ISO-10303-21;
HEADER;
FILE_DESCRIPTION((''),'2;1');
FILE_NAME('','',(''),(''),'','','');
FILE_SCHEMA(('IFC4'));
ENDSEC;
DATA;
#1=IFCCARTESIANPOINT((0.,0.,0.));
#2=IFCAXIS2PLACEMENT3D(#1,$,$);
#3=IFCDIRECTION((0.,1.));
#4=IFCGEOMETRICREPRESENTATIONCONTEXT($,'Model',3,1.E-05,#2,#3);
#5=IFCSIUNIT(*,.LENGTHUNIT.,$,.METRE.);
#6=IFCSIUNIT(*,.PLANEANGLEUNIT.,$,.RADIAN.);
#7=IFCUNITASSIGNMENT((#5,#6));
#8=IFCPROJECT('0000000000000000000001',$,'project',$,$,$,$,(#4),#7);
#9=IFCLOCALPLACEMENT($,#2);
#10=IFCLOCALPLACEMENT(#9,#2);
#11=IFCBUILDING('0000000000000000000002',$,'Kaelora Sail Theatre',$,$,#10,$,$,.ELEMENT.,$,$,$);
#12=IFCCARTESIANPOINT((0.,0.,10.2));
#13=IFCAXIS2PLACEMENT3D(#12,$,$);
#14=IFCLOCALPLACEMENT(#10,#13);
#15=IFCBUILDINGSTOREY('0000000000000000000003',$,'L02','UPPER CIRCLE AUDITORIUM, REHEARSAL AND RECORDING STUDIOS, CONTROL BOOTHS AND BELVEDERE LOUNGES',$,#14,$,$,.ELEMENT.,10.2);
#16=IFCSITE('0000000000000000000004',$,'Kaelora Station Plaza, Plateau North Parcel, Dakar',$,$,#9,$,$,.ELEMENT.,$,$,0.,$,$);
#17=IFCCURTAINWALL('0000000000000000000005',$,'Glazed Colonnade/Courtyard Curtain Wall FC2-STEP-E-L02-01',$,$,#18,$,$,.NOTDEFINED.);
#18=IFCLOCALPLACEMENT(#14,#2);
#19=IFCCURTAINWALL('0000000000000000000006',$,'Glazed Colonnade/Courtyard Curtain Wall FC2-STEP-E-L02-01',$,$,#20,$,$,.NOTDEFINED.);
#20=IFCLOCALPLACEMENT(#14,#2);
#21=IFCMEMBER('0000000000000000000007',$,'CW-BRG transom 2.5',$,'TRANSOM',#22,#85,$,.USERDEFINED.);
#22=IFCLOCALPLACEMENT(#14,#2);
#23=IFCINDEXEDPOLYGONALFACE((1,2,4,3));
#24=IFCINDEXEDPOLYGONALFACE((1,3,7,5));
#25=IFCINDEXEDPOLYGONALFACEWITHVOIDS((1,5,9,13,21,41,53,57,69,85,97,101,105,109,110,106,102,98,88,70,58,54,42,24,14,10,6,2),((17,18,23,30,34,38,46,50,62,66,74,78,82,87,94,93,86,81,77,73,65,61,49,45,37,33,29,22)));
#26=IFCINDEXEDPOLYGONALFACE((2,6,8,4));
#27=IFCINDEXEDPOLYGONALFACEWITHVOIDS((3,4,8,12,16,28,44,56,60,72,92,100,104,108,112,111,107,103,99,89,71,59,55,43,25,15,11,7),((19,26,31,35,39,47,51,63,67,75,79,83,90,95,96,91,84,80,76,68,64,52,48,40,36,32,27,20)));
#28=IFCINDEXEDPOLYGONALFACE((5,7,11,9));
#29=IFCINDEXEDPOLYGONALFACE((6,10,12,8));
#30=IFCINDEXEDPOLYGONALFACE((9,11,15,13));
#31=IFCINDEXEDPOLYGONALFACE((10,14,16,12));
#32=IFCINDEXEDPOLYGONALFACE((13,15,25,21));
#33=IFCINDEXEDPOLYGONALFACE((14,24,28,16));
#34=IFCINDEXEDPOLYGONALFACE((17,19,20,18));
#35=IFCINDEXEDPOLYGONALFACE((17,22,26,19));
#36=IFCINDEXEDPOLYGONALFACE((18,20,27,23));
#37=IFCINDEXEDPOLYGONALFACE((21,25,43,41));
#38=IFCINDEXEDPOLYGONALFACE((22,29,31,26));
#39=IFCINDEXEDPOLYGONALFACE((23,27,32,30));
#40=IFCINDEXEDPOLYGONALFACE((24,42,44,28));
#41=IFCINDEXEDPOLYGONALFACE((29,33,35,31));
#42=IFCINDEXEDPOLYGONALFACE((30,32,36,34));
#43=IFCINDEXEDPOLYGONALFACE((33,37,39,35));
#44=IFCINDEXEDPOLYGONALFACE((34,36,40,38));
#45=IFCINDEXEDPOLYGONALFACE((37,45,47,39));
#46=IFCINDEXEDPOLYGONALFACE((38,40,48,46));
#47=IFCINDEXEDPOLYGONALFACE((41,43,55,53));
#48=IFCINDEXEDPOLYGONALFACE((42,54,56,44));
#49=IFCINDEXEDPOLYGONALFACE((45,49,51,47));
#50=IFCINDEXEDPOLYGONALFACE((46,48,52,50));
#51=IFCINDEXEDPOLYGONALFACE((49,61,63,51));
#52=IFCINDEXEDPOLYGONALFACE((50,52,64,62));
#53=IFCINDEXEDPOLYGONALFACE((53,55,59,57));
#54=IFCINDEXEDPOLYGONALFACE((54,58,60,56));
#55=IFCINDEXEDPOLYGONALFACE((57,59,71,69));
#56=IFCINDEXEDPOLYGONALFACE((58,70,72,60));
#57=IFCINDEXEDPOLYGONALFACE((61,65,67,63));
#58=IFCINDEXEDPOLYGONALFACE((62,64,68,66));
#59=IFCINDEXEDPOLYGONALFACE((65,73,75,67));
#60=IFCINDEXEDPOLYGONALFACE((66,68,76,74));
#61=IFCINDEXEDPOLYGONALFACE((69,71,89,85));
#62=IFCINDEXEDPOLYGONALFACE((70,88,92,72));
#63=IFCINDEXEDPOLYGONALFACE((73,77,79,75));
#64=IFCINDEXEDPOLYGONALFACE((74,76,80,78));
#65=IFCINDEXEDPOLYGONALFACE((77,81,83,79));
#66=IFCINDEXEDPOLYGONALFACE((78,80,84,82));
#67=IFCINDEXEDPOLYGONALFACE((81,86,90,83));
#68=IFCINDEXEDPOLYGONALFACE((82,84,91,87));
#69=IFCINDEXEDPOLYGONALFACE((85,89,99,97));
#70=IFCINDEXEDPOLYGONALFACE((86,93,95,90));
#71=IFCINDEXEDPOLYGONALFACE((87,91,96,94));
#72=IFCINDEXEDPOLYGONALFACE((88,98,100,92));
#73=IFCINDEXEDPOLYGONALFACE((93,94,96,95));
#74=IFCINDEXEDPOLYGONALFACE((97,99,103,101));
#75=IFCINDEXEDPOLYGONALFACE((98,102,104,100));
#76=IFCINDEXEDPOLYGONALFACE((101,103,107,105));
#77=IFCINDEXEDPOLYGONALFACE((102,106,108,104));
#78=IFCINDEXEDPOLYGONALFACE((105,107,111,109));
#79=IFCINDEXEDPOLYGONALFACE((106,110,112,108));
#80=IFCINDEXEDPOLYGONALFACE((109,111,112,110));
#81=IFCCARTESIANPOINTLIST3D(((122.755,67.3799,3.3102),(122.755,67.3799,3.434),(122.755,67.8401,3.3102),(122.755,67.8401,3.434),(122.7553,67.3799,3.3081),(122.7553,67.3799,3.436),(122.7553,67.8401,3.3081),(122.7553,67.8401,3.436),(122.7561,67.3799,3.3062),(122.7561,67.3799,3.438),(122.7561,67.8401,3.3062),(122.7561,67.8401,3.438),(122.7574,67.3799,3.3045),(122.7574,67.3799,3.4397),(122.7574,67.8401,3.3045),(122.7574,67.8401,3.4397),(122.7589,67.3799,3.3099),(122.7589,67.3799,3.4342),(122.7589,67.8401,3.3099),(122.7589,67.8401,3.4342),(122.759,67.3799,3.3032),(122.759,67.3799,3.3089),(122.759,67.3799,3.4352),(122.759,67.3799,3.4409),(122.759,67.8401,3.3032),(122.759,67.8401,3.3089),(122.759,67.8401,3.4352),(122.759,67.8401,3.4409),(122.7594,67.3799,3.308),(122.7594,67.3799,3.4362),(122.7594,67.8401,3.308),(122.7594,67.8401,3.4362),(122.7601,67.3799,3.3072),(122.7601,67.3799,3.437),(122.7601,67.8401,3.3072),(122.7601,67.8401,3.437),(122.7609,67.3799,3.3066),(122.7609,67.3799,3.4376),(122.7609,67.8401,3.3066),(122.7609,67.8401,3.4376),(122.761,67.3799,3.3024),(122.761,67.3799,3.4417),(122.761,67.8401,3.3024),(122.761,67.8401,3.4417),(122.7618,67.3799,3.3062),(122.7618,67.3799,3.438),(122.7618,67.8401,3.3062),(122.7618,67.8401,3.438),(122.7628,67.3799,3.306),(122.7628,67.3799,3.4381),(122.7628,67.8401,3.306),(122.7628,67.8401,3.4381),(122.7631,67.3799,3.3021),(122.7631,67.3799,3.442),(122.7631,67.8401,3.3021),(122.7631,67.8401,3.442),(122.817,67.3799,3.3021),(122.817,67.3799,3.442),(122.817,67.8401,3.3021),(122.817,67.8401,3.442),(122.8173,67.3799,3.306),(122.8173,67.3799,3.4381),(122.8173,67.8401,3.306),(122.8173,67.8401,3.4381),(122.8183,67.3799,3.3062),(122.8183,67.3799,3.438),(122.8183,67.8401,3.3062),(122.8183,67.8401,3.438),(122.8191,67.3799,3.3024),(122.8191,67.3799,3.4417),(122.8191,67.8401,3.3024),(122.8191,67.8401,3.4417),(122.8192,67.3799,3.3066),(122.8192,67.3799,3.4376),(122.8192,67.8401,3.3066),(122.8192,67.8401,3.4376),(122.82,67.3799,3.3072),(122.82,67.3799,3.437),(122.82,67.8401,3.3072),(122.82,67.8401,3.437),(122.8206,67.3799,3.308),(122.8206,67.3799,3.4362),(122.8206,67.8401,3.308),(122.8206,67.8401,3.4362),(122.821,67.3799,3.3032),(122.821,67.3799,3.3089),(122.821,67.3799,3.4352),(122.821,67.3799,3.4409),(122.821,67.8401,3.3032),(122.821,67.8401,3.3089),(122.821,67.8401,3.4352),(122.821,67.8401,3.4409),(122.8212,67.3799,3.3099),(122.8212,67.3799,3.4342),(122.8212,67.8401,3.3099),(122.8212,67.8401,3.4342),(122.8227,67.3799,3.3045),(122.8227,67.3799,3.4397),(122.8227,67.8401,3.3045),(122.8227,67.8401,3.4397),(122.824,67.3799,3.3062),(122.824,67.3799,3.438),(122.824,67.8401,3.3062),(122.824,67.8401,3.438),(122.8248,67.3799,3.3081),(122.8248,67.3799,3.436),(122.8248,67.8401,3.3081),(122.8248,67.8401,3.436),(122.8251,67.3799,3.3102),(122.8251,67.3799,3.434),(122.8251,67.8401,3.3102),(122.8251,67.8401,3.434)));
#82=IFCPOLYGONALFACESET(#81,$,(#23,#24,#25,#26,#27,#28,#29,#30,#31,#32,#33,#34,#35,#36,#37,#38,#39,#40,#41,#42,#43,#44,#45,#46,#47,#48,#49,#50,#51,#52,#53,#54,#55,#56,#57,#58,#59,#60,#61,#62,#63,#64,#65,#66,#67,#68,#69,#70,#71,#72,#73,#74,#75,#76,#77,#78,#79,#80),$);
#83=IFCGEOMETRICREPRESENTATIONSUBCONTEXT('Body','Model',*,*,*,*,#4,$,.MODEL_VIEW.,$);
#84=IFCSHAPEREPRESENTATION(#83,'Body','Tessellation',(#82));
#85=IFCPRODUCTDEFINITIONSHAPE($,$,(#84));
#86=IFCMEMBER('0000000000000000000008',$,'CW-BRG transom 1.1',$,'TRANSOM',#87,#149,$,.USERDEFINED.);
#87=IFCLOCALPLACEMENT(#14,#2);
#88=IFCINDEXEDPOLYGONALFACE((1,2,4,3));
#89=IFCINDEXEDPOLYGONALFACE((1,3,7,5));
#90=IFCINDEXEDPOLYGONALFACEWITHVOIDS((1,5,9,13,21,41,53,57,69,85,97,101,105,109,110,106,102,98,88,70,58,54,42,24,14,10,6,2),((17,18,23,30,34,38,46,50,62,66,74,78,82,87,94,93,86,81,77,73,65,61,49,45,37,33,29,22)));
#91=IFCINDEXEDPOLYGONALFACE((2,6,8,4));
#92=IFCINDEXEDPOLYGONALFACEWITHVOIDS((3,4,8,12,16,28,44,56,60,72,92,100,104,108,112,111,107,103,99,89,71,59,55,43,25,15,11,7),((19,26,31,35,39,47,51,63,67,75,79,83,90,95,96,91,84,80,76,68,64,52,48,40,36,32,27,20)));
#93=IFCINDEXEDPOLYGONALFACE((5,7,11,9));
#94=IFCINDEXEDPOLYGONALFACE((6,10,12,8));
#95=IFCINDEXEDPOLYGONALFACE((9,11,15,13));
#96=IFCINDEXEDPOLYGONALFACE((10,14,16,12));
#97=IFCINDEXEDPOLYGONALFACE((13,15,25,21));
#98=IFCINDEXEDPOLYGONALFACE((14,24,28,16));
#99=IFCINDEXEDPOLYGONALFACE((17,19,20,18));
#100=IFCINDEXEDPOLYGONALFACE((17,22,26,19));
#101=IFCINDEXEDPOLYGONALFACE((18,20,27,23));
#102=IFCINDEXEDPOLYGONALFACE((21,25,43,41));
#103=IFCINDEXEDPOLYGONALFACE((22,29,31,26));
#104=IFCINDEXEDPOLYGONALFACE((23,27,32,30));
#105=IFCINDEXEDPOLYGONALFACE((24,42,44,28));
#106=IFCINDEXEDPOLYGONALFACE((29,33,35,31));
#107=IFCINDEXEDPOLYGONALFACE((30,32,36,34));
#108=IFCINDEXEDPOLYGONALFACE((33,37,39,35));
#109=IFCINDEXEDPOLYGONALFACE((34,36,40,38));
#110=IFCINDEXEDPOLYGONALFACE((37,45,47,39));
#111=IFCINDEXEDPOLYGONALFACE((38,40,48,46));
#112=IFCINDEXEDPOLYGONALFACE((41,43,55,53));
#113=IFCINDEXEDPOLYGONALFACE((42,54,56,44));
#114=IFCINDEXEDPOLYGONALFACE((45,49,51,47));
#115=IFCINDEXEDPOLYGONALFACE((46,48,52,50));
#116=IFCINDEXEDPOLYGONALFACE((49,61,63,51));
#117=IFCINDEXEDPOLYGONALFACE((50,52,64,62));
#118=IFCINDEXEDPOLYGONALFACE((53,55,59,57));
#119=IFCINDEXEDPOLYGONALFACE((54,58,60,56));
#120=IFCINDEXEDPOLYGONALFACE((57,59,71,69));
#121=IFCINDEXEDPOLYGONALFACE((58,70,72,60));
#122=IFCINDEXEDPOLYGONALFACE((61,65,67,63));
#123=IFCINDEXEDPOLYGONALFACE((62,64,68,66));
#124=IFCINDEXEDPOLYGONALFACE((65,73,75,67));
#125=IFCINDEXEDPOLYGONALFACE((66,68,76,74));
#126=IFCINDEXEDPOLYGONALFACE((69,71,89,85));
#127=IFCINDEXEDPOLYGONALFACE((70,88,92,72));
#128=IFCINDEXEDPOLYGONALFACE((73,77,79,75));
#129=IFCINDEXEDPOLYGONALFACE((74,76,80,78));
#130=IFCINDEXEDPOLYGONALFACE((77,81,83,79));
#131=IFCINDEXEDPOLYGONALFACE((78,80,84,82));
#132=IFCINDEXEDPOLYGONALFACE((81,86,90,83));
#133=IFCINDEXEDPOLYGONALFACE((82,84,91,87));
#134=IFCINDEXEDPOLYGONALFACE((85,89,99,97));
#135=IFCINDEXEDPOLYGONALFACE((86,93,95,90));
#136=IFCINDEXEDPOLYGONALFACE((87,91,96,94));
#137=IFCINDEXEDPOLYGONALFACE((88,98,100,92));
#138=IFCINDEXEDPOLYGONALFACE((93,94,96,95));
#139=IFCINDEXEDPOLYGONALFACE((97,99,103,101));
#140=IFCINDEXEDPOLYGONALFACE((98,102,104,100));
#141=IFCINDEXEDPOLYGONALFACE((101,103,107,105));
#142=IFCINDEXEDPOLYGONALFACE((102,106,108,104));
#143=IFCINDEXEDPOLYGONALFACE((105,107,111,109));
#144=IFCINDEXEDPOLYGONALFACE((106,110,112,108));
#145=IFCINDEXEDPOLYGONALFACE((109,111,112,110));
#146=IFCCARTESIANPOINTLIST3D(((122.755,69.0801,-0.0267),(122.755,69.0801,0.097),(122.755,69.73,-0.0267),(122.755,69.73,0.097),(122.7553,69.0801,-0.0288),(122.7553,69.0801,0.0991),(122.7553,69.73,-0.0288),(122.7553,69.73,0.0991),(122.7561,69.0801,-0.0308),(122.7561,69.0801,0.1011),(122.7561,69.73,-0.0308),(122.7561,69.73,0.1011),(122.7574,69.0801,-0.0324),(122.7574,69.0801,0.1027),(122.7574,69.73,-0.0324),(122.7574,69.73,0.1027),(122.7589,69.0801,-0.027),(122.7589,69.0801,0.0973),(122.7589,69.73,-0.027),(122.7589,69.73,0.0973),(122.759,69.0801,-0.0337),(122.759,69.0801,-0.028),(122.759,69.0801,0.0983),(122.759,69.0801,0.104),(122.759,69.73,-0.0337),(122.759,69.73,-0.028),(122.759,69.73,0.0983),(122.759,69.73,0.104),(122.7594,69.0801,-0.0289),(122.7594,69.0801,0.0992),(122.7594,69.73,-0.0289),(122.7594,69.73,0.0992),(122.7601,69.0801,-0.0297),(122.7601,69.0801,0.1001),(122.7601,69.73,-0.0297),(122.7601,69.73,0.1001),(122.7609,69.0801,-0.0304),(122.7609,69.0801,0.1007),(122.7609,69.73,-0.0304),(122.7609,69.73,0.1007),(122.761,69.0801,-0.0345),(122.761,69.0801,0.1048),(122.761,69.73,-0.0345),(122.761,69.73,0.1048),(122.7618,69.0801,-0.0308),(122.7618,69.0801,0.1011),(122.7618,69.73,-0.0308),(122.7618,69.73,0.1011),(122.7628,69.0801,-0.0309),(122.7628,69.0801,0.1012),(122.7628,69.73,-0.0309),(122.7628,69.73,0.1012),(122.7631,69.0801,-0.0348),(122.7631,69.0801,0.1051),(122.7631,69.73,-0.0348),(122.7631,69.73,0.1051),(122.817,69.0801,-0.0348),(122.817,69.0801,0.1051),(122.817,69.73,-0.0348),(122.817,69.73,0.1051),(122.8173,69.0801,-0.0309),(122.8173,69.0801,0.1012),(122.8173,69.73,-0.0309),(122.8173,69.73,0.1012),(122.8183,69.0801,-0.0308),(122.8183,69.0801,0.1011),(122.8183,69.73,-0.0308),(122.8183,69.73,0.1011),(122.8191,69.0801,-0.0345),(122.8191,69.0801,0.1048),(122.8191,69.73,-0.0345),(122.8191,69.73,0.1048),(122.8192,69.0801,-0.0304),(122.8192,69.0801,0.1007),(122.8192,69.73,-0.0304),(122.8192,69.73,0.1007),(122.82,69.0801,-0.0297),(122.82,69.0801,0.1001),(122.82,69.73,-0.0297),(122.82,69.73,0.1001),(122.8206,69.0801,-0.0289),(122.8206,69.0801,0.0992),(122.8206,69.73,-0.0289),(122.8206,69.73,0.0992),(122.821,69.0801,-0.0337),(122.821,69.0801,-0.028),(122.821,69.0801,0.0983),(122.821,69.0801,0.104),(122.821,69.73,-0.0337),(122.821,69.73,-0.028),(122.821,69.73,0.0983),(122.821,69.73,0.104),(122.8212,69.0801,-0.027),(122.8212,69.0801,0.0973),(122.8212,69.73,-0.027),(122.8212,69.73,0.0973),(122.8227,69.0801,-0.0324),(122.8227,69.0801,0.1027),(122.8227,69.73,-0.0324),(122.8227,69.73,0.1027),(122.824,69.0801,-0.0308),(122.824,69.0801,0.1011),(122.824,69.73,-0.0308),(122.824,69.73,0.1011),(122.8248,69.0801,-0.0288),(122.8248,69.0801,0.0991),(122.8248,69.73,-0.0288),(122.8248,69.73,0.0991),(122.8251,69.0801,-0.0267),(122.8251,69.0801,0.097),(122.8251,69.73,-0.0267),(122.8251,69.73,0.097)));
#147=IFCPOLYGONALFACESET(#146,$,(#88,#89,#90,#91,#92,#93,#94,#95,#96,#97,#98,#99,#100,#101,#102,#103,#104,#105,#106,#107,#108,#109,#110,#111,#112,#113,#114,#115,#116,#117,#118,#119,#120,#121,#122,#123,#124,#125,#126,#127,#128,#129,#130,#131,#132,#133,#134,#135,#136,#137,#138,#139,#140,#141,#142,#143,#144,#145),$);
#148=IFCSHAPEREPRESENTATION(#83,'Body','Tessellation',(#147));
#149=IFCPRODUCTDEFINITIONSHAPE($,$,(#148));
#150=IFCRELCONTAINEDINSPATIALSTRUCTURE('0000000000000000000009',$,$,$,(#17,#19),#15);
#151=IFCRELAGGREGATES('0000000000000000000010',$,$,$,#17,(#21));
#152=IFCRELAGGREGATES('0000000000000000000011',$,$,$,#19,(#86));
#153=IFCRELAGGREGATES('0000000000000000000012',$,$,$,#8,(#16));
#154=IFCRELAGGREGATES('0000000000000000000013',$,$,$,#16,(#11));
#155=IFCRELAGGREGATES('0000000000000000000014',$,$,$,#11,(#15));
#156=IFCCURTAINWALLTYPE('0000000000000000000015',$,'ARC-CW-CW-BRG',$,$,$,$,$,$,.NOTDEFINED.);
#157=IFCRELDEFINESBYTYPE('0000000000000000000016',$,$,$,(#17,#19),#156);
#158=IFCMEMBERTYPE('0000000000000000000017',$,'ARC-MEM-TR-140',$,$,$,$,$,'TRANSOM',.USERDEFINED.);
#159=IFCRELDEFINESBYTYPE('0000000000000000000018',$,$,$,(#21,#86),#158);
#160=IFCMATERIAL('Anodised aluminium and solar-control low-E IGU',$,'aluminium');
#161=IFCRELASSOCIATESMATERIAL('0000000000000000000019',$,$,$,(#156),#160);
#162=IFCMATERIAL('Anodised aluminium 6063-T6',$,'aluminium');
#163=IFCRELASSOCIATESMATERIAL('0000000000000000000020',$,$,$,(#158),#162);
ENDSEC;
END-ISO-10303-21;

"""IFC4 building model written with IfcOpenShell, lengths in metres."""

from ifc_helpers import new_model, si_unit, direction, frame, origin, origin_2d, place, context, subcontext, project, spatial, hollow_rectangle, extrude, material, material_profile, profile_set, type_object, element, aggregate, save


model = new_model("IFC4")

# Units and contexts
model_context = context("Model", 3, precision=1e-05, world=origin(), true_north=direction((0.0, 1.0)))
body_context = subcontext(model_context, "Body", "Model", "MODEL_VIEW")
ifc_project = project(units=[si_unit("LENGTHUNIT", "METRE"), si_unit("PLANEANGLEUNIT", "RADIAN")], contexts=[model_context])

# Site, building, storey
site_placement = place(None, origin())
site = spatial("IfcSite", under=ifc_project, at=site_placement, Name="Kaelora Station Plaza, Plateau North Parcel, Dakar", CompositionType="ELEMENT", RefElevation=0.0)
building_placement = place(site_placement, origin())
building = spatial("IfcBuilding", under=site, at=building_placement, Name="Kaelora Sail Theatre", CompositionType="ELEMENT")
storey_placement = place(building_placement, frame((0.0, 0.0, 10.2)))
storey = spatial("IfcBuildingStorey", under=building, at=storey_placement, Name="L02", Description="UPPER CIRCLE AUDITORIUM, REHEARSAL AND RECORDING STUDIOS, CONTROL BOOTHS AND BELVEDERE LOUNGES", CompositionType="ELEMENT", Elevation=10.2)

# Curtain walls
ifc_material_1 = material(Name="Anodised aluminium and solar-control low-E IGU", Category="aluminium")
curtain_wall_type = type_object("IfcCurtainWallType", Name="ARC-CW-CW-BRG", PredefinedType="NOTDEFINED", material=ifc_material_1)
curtain_wall_1_placement = place(storey_placement, origin())
curtain_wall_1 = element("IfcCurtainWall", 1, at=curtain_wall_1_placement, inside=storey, type_object=curtain_wall_type, Name="Glazed Colonnade/Courtyard Curtain Wall FC2-STEP-E-L02-01", PredefinedType="NOTDEFINED")
curtain_wall_2_placement = place(storey_placement, origin())
curtain_wall_2 = element("IfcCurtainWall", 2, at=curtain_wall_2_placement, inside=storey, type_object=curtain_wall_type, Name="Glazed Colonnade/Courtyard Curtain Wall FC2-STEP-E-L02-01", PredefinedType="NOTDEFINED")

# Members
ifc_material_2 = material(Name="Anodised aluminium 6063-T6", Category="aluminium")
ifc_material_profile_1 = material_profile(ifc_material_2, hollow_rectangle(XDim=0.0701, YDim=0.1399, WallThickness=0.0039, InnerFilletRadius=0.0039, OuterFilletRadius=0.0081, at=origin_2d()), Name="ALU-TRAN 70x140x4")
ifc_profile_set_1 = profile_set([ifc_material_profile_1], Name="Anodised aluminium 6063-T6")
member_type_1 = type_object("IfcMemberType", Name="ARC-MEM-TR-140", ElementType="TRANSOM", PredefinedType="USERDEFINED", material=ifc_profile_set_1)
member_1_placement = place(storey_placement, frame((122.79, 67.3799, 3.3721), z_axis=(0.0, 1.0, 0.0), x_axis=(-1.0, 0.0, 0.0)))
member_1 = element("IfcMember", 3, at=member_1_placement, type_object=member_type_1, Name="CW-BRG transom 2.5", ObjectType="TRANSOM", PredefinedType="USERDEFINED", context=body_context, shape_type="SweptSolid", body=[
    extrude(hollow_rectangle(XDim=0.0701, YDim=0.1399, WallThickness=0.0039, InnerFilletRadius=0.0039, OuterFilletRadius=0.0081, at=origin_2d()), origin(), (0.0, 0.0, 1.0), 0.4602),
])
member_2_placement = place(storey_placement, frame((122.79, 69.0801, 0.0352), z_axis=(0.0, 1.0, 0.0), x_axis=(-1.0, 0.0, 0.0)))
member_2 = element("IfcMember", 4, at=member_2_placement, type_object=member_type_1, Name="CW-BRG transom 1.1", ObjectType="TRANSOM", PredefinedType="USERDEFINED", context=body_context, shape_type="SweptSolid", body=[
    extrude(hollow_rectangle(XDim=0.0701, YDim=0.1399, WallThickness=0.0039, InnerFilletRadius=0.0039, OuterFilletRadius=0.0081, at=origin_2d()), origin(), (0.0, 0.0, 1.0), 0.6499),
])

aggregate(curtain_wall_1, [member_1])
aggregate(curtain_wall_2, [member_2])

save(model, "model.ifc")
